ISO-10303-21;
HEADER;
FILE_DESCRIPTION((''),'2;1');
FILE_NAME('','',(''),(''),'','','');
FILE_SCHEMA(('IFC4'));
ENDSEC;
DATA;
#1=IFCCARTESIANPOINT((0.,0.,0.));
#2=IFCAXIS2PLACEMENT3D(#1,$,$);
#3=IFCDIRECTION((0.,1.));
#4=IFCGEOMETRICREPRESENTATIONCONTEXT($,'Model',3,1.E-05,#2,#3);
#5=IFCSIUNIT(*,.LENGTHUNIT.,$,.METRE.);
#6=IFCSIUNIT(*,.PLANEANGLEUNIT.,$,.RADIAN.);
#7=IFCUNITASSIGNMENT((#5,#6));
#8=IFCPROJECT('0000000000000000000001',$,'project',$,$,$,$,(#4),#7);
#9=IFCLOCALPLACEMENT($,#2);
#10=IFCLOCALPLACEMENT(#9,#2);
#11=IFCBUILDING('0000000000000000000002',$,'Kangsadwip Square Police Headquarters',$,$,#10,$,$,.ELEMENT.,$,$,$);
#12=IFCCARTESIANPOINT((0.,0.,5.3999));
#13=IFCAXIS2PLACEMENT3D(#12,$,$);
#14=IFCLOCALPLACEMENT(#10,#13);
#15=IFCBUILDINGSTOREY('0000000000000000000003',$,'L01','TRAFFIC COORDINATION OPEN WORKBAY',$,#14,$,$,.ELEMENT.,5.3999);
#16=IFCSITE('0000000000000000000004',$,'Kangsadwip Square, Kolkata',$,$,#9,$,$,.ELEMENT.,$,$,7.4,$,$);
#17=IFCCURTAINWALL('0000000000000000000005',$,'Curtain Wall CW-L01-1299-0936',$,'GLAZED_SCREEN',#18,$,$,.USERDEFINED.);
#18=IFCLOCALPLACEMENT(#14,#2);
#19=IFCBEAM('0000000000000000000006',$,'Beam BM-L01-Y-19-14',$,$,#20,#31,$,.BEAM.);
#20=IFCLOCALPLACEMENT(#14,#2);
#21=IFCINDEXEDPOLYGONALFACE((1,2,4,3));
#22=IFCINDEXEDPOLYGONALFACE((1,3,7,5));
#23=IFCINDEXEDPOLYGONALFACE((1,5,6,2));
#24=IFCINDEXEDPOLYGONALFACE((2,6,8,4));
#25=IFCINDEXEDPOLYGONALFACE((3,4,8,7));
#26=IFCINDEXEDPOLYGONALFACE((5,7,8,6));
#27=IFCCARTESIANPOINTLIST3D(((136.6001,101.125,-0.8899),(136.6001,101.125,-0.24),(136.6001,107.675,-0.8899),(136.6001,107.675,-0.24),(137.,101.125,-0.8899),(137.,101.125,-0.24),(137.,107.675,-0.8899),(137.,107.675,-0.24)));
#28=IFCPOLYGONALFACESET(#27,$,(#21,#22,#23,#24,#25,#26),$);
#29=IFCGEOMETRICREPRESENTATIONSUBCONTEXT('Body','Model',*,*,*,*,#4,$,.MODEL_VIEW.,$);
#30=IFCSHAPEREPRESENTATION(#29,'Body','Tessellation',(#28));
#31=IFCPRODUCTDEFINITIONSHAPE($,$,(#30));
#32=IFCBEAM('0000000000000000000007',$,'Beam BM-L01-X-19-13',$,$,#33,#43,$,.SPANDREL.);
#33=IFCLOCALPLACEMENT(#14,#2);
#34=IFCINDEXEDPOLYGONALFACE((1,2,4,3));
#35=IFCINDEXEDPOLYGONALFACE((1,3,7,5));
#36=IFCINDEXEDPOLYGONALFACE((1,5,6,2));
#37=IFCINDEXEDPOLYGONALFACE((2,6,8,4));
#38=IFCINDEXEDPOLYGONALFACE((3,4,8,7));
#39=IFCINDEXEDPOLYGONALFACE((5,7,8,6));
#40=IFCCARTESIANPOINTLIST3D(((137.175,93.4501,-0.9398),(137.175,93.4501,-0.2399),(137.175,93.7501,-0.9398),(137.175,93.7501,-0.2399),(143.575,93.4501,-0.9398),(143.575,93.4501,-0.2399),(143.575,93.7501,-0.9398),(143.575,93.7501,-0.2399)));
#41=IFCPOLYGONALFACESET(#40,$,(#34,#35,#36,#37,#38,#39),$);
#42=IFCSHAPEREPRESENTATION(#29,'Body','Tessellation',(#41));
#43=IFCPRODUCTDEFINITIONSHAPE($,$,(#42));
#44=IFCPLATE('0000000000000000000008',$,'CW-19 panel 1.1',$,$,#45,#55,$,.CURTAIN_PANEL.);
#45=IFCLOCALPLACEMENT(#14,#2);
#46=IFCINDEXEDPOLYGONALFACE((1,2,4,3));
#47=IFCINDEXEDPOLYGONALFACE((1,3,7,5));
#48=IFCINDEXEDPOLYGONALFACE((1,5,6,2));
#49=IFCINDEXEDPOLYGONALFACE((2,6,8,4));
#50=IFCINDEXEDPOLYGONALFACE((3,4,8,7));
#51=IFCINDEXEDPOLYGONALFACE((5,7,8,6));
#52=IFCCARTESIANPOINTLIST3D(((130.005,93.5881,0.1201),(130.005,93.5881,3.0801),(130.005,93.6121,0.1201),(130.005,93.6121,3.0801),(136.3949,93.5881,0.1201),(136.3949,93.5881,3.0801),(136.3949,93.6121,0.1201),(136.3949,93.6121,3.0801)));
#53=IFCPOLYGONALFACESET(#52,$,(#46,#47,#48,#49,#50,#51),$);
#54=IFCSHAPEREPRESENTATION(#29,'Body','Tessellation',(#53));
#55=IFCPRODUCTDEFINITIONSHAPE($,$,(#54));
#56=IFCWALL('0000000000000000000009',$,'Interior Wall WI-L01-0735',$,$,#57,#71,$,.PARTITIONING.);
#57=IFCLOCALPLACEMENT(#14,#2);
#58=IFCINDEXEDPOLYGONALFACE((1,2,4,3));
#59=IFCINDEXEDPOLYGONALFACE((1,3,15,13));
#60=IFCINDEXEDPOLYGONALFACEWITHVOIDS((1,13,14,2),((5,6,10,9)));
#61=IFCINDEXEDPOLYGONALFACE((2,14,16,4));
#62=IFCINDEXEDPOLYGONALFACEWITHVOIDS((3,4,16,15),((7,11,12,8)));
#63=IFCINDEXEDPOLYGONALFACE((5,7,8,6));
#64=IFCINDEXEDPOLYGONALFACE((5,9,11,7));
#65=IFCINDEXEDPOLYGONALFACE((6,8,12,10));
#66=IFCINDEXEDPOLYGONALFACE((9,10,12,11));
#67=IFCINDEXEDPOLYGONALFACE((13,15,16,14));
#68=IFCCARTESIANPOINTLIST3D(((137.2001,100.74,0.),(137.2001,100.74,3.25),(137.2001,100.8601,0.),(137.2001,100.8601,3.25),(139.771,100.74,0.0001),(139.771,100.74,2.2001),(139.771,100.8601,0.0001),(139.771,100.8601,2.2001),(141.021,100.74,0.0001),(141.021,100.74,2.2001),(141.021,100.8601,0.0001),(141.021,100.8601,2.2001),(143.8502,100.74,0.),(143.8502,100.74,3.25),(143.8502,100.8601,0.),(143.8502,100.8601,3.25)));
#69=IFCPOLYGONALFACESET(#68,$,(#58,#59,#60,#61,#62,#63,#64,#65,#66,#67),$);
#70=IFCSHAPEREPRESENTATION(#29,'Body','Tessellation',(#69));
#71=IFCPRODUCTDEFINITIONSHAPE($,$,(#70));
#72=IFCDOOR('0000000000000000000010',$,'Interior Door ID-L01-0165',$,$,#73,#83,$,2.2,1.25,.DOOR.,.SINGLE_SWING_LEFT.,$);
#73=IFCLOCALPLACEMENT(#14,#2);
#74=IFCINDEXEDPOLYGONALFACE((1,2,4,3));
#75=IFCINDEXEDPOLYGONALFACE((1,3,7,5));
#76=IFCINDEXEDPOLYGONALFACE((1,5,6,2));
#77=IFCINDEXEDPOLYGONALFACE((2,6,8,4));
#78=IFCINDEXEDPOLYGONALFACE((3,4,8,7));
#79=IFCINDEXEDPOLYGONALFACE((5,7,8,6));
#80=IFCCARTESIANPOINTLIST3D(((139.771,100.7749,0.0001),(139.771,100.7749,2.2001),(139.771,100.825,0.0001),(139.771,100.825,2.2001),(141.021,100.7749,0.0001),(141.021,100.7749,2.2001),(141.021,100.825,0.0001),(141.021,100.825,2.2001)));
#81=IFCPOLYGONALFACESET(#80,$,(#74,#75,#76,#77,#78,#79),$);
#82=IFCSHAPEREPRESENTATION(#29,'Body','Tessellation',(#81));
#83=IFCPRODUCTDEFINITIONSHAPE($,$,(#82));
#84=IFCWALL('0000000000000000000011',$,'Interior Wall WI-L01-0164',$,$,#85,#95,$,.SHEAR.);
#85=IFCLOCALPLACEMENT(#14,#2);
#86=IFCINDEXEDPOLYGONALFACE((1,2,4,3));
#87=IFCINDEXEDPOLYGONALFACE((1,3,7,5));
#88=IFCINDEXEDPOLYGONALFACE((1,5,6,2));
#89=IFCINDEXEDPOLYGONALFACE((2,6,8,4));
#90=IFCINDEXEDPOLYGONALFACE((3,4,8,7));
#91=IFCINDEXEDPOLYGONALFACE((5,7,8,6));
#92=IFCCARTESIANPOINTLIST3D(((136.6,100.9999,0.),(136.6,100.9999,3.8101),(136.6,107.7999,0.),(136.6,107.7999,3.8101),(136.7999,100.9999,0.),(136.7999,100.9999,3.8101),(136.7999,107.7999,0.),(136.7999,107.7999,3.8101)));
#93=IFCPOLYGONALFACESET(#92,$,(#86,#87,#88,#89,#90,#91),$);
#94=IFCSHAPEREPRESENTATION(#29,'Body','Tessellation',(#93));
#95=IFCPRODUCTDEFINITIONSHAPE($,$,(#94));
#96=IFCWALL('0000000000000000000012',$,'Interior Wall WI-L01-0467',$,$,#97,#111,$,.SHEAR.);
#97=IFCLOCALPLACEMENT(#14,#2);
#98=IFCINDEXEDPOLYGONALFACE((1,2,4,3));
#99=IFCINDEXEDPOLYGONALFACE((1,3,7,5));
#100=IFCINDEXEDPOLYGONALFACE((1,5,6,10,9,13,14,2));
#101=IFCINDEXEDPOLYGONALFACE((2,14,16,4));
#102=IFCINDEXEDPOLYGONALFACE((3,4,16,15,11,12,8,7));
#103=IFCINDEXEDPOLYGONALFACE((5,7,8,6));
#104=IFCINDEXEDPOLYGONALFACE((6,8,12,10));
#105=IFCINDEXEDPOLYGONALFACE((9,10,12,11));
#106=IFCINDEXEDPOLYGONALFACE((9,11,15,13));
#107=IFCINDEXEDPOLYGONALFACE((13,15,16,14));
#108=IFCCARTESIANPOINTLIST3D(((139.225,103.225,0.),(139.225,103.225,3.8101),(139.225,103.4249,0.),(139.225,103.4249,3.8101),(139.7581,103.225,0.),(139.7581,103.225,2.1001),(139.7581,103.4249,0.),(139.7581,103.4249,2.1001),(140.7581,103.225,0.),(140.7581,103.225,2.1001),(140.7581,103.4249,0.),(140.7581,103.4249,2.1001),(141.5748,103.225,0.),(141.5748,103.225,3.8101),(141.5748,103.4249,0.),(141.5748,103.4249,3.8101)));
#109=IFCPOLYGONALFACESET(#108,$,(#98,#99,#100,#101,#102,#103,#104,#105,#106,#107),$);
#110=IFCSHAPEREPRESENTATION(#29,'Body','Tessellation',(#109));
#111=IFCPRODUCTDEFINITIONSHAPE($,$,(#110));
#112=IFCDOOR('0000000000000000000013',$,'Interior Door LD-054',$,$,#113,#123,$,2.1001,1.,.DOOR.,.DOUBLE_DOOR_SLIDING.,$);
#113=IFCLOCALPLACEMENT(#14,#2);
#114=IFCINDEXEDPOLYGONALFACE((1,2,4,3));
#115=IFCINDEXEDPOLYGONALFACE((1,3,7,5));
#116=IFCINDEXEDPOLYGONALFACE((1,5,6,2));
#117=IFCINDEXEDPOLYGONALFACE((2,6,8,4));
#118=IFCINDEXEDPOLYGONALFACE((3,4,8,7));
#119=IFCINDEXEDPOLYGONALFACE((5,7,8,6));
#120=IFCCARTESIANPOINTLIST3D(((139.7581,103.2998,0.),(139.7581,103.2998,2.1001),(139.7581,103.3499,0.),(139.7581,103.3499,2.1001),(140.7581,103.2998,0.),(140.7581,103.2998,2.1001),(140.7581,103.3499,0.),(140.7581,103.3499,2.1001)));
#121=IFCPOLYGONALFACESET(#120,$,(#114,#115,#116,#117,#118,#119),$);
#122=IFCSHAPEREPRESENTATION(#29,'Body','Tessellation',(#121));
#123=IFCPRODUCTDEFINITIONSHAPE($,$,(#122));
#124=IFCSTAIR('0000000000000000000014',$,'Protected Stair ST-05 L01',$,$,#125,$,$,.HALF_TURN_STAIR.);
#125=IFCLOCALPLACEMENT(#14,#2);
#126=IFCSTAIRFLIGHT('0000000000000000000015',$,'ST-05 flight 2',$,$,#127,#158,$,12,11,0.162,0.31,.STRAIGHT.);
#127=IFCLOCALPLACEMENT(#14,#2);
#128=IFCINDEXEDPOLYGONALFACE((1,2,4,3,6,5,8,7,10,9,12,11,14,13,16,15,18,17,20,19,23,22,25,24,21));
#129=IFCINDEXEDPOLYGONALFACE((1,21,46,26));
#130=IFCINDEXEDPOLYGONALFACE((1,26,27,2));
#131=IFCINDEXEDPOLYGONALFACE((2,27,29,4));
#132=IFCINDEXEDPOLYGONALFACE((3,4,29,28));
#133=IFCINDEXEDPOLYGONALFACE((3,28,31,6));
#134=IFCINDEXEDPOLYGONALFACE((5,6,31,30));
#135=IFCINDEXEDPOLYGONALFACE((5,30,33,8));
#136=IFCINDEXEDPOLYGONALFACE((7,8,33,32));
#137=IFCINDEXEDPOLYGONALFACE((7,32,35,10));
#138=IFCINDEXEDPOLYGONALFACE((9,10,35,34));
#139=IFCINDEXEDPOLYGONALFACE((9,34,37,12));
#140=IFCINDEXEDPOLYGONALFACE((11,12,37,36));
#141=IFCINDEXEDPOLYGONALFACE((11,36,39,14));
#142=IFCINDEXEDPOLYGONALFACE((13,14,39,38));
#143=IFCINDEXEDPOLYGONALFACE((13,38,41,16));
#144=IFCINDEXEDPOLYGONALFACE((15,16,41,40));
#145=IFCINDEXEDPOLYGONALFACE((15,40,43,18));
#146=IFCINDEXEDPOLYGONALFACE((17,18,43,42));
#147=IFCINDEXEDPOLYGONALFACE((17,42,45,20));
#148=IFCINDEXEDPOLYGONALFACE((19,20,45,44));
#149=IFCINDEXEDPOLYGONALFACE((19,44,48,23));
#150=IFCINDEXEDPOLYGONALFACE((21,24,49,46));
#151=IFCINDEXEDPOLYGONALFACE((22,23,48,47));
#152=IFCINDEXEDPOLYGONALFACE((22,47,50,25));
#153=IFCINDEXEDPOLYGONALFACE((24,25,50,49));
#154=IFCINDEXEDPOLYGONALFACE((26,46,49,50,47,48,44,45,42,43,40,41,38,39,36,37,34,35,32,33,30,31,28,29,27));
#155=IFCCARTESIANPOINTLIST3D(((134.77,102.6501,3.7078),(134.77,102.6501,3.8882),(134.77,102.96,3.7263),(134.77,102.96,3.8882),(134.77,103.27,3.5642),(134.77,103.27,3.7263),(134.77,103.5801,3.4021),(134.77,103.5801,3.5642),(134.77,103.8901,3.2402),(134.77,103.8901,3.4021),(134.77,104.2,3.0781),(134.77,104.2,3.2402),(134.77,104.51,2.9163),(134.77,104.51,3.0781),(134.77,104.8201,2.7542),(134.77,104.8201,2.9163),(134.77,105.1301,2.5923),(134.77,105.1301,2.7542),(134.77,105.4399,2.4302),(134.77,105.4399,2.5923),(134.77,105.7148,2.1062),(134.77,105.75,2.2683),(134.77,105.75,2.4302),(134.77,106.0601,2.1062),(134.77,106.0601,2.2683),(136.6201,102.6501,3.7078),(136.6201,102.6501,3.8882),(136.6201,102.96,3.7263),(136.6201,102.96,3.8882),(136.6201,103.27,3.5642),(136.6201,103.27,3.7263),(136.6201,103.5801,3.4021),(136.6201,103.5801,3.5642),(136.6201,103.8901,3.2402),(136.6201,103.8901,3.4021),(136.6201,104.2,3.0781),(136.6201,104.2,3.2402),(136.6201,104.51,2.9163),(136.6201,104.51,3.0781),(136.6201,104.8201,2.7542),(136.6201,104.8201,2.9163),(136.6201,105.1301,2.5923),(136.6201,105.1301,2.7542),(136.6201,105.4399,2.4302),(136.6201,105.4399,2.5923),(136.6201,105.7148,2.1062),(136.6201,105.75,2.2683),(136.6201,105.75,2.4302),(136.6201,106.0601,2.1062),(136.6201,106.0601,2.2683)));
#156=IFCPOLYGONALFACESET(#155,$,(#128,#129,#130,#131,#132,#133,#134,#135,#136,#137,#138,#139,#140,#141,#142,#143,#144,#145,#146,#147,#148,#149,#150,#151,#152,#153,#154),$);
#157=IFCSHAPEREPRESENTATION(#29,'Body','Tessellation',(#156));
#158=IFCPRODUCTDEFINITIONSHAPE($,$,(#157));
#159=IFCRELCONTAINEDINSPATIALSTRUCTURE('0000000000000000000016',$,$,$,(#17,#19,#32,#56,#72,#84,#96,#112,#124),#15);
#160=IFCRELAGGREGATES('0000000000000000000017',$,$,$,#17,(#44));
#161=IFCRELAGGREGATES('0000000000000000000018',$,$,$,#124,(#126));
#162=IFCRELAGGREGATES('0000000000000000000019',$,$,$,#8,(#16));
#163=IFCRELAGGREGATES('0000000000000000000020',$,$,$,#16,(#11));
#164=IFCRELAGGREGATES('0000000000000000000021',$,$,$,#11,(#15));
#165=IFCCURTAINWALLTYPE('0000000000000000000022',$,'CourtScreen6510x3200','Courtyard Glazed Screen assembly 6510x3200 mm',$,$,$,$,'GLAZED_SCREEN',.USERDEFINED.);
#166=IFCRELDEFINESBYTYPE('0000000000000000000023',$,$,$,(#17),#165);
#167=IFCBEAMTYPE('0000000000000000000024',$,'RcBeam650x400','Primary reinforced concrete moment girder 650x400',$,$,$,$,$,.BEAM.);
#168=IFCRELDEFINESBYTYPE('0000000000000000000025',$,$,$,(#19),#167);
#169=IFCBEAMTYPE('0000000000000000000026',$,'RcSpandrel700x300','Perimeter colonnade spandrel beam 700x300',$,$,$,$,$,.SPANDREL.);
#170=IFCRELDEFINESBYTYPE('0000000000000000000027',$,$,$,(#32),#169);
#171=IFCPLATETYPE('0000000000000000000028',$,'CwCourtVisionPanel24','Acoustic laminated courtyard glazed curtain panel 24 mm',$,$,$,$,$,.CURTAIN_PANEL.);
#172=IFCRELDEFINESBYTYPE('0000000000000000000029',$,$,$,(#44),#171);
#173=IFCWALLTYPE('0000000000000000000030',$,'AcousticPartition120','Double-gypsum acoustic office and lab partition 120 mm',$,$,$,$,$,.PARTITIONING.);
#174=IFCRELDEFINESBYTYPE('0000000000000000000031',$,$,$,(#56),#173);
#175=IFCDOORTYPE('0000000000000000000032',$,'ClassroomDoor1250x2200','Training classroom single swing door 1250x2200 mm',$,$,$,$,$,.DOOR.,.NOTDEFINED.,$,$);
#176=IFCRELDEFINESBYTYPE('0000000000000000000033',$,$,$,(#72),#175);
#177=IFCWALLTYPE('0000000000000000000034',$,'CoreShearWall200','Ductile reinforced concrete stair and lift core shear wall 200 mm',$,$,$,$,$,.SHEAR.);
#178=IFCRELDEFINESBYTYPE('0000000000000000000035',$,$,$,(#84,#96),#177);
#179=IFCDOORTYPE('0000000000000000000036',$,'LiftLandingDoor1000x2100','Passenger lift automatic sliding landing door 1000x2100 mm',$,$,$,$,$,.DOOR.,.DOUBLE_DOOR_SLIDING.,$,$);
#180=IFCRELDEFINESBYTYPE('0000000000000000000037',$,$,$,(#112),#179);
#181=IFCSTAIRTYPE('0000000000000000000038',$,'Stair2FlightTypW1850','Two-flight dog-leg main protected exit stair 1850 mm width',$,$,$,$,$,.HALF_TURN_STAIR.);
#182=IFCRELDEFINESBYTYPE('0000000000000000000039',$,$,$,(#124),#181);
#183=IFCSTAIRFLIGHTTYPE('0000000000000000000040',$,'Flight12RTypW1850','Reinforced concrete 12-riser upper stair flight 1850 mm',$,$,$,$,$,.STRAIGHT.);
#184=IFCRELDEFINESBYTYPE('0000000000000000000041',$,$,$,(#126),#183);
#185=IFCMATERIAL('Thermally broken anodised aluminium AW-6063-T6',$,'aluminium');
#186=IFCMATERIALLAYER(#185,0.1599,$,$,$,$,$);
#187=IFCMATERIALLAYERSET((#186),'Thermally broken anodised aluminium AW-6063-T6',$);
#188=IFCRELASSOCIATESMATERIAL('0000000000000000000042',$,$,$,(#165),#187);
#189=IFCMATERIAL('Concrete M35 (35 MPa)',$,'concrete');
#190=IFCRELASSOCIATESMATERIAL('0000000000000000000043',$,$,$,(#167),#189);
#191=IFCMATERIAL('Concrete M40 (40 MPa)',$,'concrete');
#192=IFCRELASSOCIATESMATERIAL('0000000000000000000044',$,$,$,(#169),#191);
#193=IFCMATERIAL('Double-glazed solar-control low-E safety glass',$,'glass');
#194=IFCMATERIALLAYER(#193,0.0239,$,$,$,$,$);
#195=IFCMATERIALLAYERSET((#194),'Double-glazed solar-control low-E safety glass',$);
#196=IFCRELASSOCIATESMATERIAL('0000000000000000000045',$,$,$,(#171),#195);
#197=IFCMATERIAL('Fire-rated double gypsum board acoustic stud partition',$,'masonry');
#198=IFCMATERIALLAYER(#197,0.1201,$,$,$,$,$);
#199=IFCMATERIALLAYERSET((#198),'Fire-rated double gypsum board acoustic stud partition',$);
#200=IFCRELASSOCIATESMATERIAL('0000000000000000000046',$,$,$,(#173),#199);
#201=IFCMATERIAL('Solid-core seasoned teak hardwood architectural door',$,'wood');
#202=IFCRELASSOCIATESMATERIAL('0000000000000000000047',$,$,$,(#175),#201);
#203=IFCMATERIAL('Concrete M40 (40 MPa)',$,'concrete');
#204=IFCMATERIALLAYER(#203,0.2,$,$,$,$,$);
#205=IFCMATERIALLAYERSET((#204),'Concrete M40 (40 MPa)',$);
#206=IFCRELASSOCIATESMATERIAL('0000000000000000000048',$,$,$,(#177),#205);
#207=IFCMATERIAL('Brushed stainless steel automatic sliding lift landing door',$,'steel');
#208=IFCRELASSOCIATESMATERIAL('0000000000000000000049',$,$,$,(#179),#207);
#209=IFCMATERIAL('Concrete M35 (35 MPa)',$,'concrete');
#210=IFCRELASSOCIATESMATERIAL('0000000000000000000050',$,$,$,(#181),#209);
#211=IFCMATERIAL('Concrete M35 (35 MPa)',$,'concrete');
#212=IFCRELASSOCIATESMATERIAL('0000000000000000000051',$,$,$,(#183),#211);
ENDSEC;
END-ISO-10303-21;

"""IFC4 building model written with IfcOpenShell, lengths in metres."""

from ifc_helpers import new_model, si_unit, direction, frame, frame_2d, origin, origin_2d, place, context, subcontext, project, spatial, polyline, rectangle, outline, extrude, material, layer, layer_set, material_profile, profile_set, type_object, element, fill, aggregate, save


model = new_model("IFC4")

# Units and contexts
model_context = context("Model", 3, precision=1e-05, world=origin(), true_north=direction((0.0, 1.0)))
body_context = subcontext(model_context, "Body", "Model", "MODEL_VIEW")
ifc_project = project(units=[si_unit("LENGTHUNIT", "METRE"), si_unit("PLANEANGLEUNIT", "RADIAN")], contexts=[model_context])

# Site, building, storey
site_placement = place(None, origin())
site = spatial("IfcSite", under=ifc_project, at=site_placement, Name="Kangsadwip Square, Kolkata", CompositionType="ELEMENT", RefElevation=7.4)
building_placement = place(site_placement, origin())
building = spatial("IfcBuilding", under=site, at=building_placement, Name="Kangsadwip Square Police Headquarters", CompositionType="ELEMENT")
storey_placement = place(building_placement, frame((0.0, 0.0, 5.3999)))
storey = spatial("IfcBuildingStorey", under=building, at=storey_placement, Name="L01", Description="TRAFFIC COORDINATION OPEN WORKBAY", CompositionType="ELEMENT", Elevation=5.3999)

# Curtain wall
ifc_material_1 = material(Name="Thermally broken anodised aluminium AW-6063-T6", Category="aluminium")
ifc_layer_1 = layer(ifc_material_1, 0.1599)
ifc_layer_set_1 = layer_set([ifc_layer_1], Name="Thermally broken anodised aluminium AW-6063-T6")
curtain_wall_type_1 = type_object("IfcCurtainWallType", Name="CourtScreen6510x3200", Description="Courtyard Glazed Screen assembly 6510x3200 mm", ElementType="GLAZED_SCREEN", PredefinedType="USERDEFINED", material=ifc_layer_set_1)
curtain_wall_1_placement = place(storey_placement, origin())
curtain_wall_1 = element("IfcCurtainWall", 1, at=curtain_wall_1_placement, inside=storey, type_object=curtain_wall_type_1, Name="Curtain Wall CW-L01-1299-0936", ObjectType="GLAZED_SCREEN", PredefinedType="USERDEFINED")

# Beams
ifc_material_2 = material(Name="Concrete M35 (35 MPa)", Category="concrete")
ifc_material_profile_1 = material_profile(ifc_material_2, rectangle(XDim=0.3999, YDim=0.6499, at=origin_2d()), Name="RC BM 650X400")
ifc_profile_set_1 = profile_set([ifc_material_profile_1], Name="Concrete M35 (35 MPa)")
beam_type_1 = type_object("IfcBeamType", Name="RcBeam650x400", Description="Primary reinforced concrete moment girder 650x400", PredefinedType="BEAM", material=ifc_profile_set_1)
beam_1_placement = place(storey_placement, frame((136.8, 101.125, -0.5649), z_axis=(0.0, 1.0, 0.0), x_axis=(-1.0, 0.0, 0.0)))
element("IfcBeam", 2, at=beam_1_placement, inside=storey, type_object=beam_type_1, Name="Beam BM-L01-Y-19-14", PredefinedType="BEAM", context=body_context, shape_type="SweptSolid", body=[
    extrude(rectangle(XDim=0.3999, YDim=0.6499, at=origin_2d()), origin(), (0.0, 0.0, 1.0), 6.55),
])
ifc_material_3 = material(Name="Concrete M40 (40 MPa)", Category="concrete")
ifc_material_profile_2 = material_profile(ifc_material_3, rectangle(XDim=0.3, YDim=0.7, at=origin_2d()), Name="RC SPN 700X300")
ifc_profile_set_2 = profile_set([ifc_material_profile_2], Name="Concrete M40 (40 MPa)")
beam_type_2 = type_object("IfcBeamType", Name="RcSpandrel700x300", Description="Perimeter colonnade spandrel beam 700x300", PredefinedType="SPANDREL", material=ifc_profile_set_2)
beam_2_placement = place(storey_placement, frame((137.175, 93.6001, -0.5898), z_axis=(1.0, 0.0, 0.0), x_axis=(0.0, 1.0, 0.0)))
element("IfcBeam", 3, at=beam_2_placement, inside=storey, type_object=beam_type_2, Name="Beam BM-L01-X-19-13", PredefinedType="SPANDREL", context=body_context, shape_type="SweptSolid", body=[
    extrude(rectangle(XDim=0.3, YDim=0.7, at=origin_2d()), origin(), (0.0, 0.0, 1.0), 6.3999),
])

# Plate
ifc_material_4 = material(Name="Double-glazed solar-control low-E safety glass", Category="glass")
ifc_layer_2 = layer(ifc_material_4, 0.0239)
ifc_layer_set_2 = layer_set([ifc_layer_2], Name="Double-glazed solar-control low-E safety glass")
plate_type = type_object("IfcPlateType", Name="CwCourtVisionPanel24", Description="Acoustic laminated courtyard glazed curtain panel 24 mm", PredefinedType="CURTAIN_PANEL", material=ifc_layer_set_2)
plate_placement = place(storey_placement, frame((133.2, 93.6001, 0.1201), z_axis=(0.0, 0.0, 1.0), x_axis=(1.0, 0.0, 0.0)))
plate = element("IfcPlate", 4, at=plate_placement, type_object=plate_type, Name="CW-19 panel 1.1", PredefinedType="CURTAIN_PANEL", context=body_context, shape_type="SweptSolid", body=[
    extrude(rectangle(XDim=6.3899, YDim=0.0239, at=origin_2d()), origin(), (0.0, 0.0, 1.0), 2.96),
])
aggregate(curtain_wall_1, [plate])

# Wall, opening, door
ifc_material_5 = material(Name="Fire-rated double gypsum board acoustic stud partition", Category="masonry")
ifc_layer_3 = layer(ifc_material_5, 0.1201)
ifc_layer_set_3 = layer_set([ifc_layer_3], Name="Fire-rated double gypsum board acoustic stud partition")
wall_type_1 = type_object("IfcWallType", Name="AcousticPartition120", Description="Double-gypsum acoustic office and lab partition 120 mm", PredefinedType="PARTITIONING", material=ifc_layer_set_3)
wall_1_placement = place(storey_placement, frame((137.2, 100.8, 0.0), z_axis=(0.0, 0.0, 1.0), x_axis=(1.0, 0.0, 0.0)))
wall_1 = element("IfcWall", 5, at=wall_1_placement, inside=storey, type_object=wall_type_1, Name="Interior Wall WI-L01-0735", PredefinedType="PARTITIONING", context=body_context, shape_type="SweptSolid", body=[
    extrude(rectangle(XDim=6.6501, YDim=0.1201, at=frame_2d((3.3252, 0.0))), origin(), (0.0, 0.0, 1.0), 3.25),
])
opening_1_placement = place(wall_1_placement, frame((2.571, 0.0, 0.0)))
opening_1 = element("IfcOpeningElement", 6, at=opening_1_placement, cuts=wall_1, PredefinedType="OPENING", context=body_context, shape_type="SweptSolid", body=[
    extrude(rectangle(XDim=1.25, YDim=2.2, at=frame_2d((0.625, 1.1001))), frame((0.0, 0.0701, 0.0), z_axis=(0.0, -1.0, 0.0), x_axis=(1.0, 0.0, 0.0)), (0.0, 0.0, 1.0), 0.1401),
])
ifc_material_6 = material(Name="Solid-core seasoned teak hardwood architectural door", Category="wood")
door_type_1 = type_object("IfcDoorType", Name="ClassroomDoor1250x2200", Description="Training classroom single swing door 1250x2200 mm", OperationType="NOTDEFINED", PredefinedType="DOOR", material=ifc_material_6)
door_1_placement = place(opening_1_placement, origin())
door_1 = element("IfcDoor", 7, at=door_1_placement, inside=storey, type_object=door_type_1, Name="Interior Door ID-L01-0165", OperationType="SINGLE_SWING_LEFT", OverallHeight=2.2, OverallWidth=1.25, PredefinedType="DOOR", context=body_context, shape_type="SweptSolid", body=[
    extrude(rectangle(XDim=1.25, YDim=2.2, at=frame_2d((0.625, 1.1001))), frame((0.0, 0.0249, 0.0), z_axis=(0.0, -1.0, 0.0), x_axis=(1.0, 0.0, 0.0)), (0.0, 0.0, 1.0), 0.05),
])
fill(opening_1, door_1)

# Wall
ifc_material_7 = material(Name="Concrete M40 (40 MPa)", Category="concrete")
ifc_layer_4 = layer(ifc_material_7, 0.2)
ifc_layer_set_4 = layer_set([ifc_layer_4], Name="Concrete M40 (40 MPa)")
wall_type_2 = type_object("IfcWallType", Name="CoreShearWall200", Description="Ductile reinforced concrete stair and lift core shear wall 200 mm", PredefinedType="SHEAR", material=ifc_layer_set_4)
wall_2_placement = place(storey_placement, frame((136.7, 101.0, 0.0), z_axis=(0.0, 0.0, 1.0), x_axis=(0.0, 1.0, 0.0)))
element("IfcWall", 8, at=wall_2_placement, inside=storey, type_object=wall_type_2, Name="Interior Wall WI-L01-0164", PredefinedType="SHEAR", context=body_context, shape_type="SweptSolid", body=[
    extrude(rectangle(XDim=6.8, YDim=0.2, at=frame_2d((3.3999, 0.0))), origin(), (0.0, 0.0, 1.0), 3.8101),
])

# Wall, opening, door
wall_3_placement = place(storey_placement, frame((139.2251, 103.325, 0.0), z_axis=(0.0, 0.0, 1.0), x_axis=(1.0, 0.0, 0.0)))
wall_3 = element("IfcWall", 9, at=wall_3_placement, inside=storey, type_object=wall_type_2, Name="Interior Wall WI-L01-0467", PredefinedType="SHEAR", context=body_context, shape_type="SweptSolid", body=[
    extrude(rectangle(XDim=2.3499, YDim=0.2, at=frame_2d((1.1748, 0.0))), origin(), (0.0, 0.0, 1.0), 3.8101),
])
opening_2_placement = place(wall_3_placement, frame((0.533, 0.0, 0.0)))
opening_2 = element("IfcOpeningElement", 10, at=opening_2_placement, cuts=wall_3, PredefinedType="OPENING", context=body_context, shape_type="SweptSolid", body=[
    extrude(rectangle(XDim=1.0, YDim=2.1001, at=frame_2d((0.5, 1.05))), frame((0.0, 0.1099, 0.0), z_axis=(0.0, -1.0, 0.0), x_axis=(1.0, 0.0, 0.0)), (0.0, 0.0, 1.0), 0.22),
])
ifc_material_8 = material(Name="Brushed stainless steel automatic sliding lift landing door", Category="steel")
door_type_2 = type_object("IfcDoorType", Name="LiftLandingDoor1000x2100", Description="Passenger lift automatic sliding landing door 1000x2100 mm", OperationType="DOUBLE_DOOR_SLIDING", PredefinedType="DOOR", material=ifc_material_8)
door_2_placement = place(opening_2_placement, origin())
door_2 = element("IfcDoor", 11, at=door_2_placement, inside=storey, type_object=door_type_2, Name="Interior Door LD-054", OperationType="DOUBLE_DOOR_SLIDING", OverallHeight=2.1001, OverallWidth=1.0, PredefinedType="DOOR", context=body_context, shape_type="SweptSolid", body=[
    extrude(rectangle(XDim=1.0, YDim=2.1001, at=frame_2d((0.5, 1.05))), frame((0.0, 0.0249, 0.0), z_axis=(0.0, -1.0, 0.0), x_axis=(1.0, 0.0, 0.0)), (0.0, 0.0, 1.0), 0.05),
])
fill(opening_2, door_2)

# Stair, stair flight
ifc_material_9 = material(Name="Concrete M35 (35 MPa)", Category="concrete")
stair_type = type_object("IfcStairType", Name="Stair2FlightTypW1850", Description="Two-flight dog-leg main protected exit stair 1850 mm width", PredefinedType="HALF_TURN_STAIR", material=ifc_material_9)
stair_placement = place(storey_placement, origin())
stair = element("IfcStair", 12, at=stair_placement, inside=storey, type_object=stair_type, Name="Protected Stair ST-05 L01", PredefinedType="HALF_TURN_STAIR")
ifc_material_10 = material(Name="Concrete M35 (35 MPa)", Category="concrete")
stair_flight_type_1 = type_object("IfcStairFlightType", Name="Flight12RTypW1850", Description="Reinforced concrete 12-riser upper stair flight 1850 mm", PredefinedType="STRAIGHT", material=ifc_material_10)
stair_flight_1_placement = place(storey_placement, frame((135.6951, 106.0601, 2.1062), z_axis=(0.0, 0.0, 1.0), x_axis=(0.0, -1.0, 0.0)))
stair_flight_1 = element("IfcStairFlight", 13, at=stair_flight_1_placement, type_object=stair_flight_type_1, Name="ST-05 flight 2", NumberOfRisers=12, NumberOfTreads=11, PredefinedType="STRAIGHT", RiserHeight=0.162, TreadLength=0.31, context=body_context, shape_type="SweptSolid", body=[
    extrude(outline(polyline([(0.0, 0.0), (0.0, 0.1621), (0.3101, 0.1621), (0.3101, 0.324), (0.6201, 0.324), (0.6201, 0.4861), (0.9299, 0.4861), (0.9299, 0.6479), (1.24, 0.6479), (1.24, 0.8101), (1.55, 0.8101), (1.55, 0.9719), (1.8601, 0.9719), (1.8601, 1.134), (2.1699, 1.134), (2.1699, 1.2959), (2.48, 1.2959), (2.48, 1.458), (2.79, 1.458), (2.79, 1.6201), (3.1001, 1.6201), (3.1001, 1.782), (3.4099, 1.782), (3.4099, 1.9441), (3.4099, 1.6016), (0.3452, 0.0), (0.0, 0.0)])), frame((0.0, 0.925, 0.0), z_axis=(0.0, -1.0, 0.0), x_axis=(1.0, 0.0, 0.0)), (0.0, 0.0, 1.0), 1.8501),
])
aggregate(stair, [stair_flight_1])

save(model, "model.ifc")
